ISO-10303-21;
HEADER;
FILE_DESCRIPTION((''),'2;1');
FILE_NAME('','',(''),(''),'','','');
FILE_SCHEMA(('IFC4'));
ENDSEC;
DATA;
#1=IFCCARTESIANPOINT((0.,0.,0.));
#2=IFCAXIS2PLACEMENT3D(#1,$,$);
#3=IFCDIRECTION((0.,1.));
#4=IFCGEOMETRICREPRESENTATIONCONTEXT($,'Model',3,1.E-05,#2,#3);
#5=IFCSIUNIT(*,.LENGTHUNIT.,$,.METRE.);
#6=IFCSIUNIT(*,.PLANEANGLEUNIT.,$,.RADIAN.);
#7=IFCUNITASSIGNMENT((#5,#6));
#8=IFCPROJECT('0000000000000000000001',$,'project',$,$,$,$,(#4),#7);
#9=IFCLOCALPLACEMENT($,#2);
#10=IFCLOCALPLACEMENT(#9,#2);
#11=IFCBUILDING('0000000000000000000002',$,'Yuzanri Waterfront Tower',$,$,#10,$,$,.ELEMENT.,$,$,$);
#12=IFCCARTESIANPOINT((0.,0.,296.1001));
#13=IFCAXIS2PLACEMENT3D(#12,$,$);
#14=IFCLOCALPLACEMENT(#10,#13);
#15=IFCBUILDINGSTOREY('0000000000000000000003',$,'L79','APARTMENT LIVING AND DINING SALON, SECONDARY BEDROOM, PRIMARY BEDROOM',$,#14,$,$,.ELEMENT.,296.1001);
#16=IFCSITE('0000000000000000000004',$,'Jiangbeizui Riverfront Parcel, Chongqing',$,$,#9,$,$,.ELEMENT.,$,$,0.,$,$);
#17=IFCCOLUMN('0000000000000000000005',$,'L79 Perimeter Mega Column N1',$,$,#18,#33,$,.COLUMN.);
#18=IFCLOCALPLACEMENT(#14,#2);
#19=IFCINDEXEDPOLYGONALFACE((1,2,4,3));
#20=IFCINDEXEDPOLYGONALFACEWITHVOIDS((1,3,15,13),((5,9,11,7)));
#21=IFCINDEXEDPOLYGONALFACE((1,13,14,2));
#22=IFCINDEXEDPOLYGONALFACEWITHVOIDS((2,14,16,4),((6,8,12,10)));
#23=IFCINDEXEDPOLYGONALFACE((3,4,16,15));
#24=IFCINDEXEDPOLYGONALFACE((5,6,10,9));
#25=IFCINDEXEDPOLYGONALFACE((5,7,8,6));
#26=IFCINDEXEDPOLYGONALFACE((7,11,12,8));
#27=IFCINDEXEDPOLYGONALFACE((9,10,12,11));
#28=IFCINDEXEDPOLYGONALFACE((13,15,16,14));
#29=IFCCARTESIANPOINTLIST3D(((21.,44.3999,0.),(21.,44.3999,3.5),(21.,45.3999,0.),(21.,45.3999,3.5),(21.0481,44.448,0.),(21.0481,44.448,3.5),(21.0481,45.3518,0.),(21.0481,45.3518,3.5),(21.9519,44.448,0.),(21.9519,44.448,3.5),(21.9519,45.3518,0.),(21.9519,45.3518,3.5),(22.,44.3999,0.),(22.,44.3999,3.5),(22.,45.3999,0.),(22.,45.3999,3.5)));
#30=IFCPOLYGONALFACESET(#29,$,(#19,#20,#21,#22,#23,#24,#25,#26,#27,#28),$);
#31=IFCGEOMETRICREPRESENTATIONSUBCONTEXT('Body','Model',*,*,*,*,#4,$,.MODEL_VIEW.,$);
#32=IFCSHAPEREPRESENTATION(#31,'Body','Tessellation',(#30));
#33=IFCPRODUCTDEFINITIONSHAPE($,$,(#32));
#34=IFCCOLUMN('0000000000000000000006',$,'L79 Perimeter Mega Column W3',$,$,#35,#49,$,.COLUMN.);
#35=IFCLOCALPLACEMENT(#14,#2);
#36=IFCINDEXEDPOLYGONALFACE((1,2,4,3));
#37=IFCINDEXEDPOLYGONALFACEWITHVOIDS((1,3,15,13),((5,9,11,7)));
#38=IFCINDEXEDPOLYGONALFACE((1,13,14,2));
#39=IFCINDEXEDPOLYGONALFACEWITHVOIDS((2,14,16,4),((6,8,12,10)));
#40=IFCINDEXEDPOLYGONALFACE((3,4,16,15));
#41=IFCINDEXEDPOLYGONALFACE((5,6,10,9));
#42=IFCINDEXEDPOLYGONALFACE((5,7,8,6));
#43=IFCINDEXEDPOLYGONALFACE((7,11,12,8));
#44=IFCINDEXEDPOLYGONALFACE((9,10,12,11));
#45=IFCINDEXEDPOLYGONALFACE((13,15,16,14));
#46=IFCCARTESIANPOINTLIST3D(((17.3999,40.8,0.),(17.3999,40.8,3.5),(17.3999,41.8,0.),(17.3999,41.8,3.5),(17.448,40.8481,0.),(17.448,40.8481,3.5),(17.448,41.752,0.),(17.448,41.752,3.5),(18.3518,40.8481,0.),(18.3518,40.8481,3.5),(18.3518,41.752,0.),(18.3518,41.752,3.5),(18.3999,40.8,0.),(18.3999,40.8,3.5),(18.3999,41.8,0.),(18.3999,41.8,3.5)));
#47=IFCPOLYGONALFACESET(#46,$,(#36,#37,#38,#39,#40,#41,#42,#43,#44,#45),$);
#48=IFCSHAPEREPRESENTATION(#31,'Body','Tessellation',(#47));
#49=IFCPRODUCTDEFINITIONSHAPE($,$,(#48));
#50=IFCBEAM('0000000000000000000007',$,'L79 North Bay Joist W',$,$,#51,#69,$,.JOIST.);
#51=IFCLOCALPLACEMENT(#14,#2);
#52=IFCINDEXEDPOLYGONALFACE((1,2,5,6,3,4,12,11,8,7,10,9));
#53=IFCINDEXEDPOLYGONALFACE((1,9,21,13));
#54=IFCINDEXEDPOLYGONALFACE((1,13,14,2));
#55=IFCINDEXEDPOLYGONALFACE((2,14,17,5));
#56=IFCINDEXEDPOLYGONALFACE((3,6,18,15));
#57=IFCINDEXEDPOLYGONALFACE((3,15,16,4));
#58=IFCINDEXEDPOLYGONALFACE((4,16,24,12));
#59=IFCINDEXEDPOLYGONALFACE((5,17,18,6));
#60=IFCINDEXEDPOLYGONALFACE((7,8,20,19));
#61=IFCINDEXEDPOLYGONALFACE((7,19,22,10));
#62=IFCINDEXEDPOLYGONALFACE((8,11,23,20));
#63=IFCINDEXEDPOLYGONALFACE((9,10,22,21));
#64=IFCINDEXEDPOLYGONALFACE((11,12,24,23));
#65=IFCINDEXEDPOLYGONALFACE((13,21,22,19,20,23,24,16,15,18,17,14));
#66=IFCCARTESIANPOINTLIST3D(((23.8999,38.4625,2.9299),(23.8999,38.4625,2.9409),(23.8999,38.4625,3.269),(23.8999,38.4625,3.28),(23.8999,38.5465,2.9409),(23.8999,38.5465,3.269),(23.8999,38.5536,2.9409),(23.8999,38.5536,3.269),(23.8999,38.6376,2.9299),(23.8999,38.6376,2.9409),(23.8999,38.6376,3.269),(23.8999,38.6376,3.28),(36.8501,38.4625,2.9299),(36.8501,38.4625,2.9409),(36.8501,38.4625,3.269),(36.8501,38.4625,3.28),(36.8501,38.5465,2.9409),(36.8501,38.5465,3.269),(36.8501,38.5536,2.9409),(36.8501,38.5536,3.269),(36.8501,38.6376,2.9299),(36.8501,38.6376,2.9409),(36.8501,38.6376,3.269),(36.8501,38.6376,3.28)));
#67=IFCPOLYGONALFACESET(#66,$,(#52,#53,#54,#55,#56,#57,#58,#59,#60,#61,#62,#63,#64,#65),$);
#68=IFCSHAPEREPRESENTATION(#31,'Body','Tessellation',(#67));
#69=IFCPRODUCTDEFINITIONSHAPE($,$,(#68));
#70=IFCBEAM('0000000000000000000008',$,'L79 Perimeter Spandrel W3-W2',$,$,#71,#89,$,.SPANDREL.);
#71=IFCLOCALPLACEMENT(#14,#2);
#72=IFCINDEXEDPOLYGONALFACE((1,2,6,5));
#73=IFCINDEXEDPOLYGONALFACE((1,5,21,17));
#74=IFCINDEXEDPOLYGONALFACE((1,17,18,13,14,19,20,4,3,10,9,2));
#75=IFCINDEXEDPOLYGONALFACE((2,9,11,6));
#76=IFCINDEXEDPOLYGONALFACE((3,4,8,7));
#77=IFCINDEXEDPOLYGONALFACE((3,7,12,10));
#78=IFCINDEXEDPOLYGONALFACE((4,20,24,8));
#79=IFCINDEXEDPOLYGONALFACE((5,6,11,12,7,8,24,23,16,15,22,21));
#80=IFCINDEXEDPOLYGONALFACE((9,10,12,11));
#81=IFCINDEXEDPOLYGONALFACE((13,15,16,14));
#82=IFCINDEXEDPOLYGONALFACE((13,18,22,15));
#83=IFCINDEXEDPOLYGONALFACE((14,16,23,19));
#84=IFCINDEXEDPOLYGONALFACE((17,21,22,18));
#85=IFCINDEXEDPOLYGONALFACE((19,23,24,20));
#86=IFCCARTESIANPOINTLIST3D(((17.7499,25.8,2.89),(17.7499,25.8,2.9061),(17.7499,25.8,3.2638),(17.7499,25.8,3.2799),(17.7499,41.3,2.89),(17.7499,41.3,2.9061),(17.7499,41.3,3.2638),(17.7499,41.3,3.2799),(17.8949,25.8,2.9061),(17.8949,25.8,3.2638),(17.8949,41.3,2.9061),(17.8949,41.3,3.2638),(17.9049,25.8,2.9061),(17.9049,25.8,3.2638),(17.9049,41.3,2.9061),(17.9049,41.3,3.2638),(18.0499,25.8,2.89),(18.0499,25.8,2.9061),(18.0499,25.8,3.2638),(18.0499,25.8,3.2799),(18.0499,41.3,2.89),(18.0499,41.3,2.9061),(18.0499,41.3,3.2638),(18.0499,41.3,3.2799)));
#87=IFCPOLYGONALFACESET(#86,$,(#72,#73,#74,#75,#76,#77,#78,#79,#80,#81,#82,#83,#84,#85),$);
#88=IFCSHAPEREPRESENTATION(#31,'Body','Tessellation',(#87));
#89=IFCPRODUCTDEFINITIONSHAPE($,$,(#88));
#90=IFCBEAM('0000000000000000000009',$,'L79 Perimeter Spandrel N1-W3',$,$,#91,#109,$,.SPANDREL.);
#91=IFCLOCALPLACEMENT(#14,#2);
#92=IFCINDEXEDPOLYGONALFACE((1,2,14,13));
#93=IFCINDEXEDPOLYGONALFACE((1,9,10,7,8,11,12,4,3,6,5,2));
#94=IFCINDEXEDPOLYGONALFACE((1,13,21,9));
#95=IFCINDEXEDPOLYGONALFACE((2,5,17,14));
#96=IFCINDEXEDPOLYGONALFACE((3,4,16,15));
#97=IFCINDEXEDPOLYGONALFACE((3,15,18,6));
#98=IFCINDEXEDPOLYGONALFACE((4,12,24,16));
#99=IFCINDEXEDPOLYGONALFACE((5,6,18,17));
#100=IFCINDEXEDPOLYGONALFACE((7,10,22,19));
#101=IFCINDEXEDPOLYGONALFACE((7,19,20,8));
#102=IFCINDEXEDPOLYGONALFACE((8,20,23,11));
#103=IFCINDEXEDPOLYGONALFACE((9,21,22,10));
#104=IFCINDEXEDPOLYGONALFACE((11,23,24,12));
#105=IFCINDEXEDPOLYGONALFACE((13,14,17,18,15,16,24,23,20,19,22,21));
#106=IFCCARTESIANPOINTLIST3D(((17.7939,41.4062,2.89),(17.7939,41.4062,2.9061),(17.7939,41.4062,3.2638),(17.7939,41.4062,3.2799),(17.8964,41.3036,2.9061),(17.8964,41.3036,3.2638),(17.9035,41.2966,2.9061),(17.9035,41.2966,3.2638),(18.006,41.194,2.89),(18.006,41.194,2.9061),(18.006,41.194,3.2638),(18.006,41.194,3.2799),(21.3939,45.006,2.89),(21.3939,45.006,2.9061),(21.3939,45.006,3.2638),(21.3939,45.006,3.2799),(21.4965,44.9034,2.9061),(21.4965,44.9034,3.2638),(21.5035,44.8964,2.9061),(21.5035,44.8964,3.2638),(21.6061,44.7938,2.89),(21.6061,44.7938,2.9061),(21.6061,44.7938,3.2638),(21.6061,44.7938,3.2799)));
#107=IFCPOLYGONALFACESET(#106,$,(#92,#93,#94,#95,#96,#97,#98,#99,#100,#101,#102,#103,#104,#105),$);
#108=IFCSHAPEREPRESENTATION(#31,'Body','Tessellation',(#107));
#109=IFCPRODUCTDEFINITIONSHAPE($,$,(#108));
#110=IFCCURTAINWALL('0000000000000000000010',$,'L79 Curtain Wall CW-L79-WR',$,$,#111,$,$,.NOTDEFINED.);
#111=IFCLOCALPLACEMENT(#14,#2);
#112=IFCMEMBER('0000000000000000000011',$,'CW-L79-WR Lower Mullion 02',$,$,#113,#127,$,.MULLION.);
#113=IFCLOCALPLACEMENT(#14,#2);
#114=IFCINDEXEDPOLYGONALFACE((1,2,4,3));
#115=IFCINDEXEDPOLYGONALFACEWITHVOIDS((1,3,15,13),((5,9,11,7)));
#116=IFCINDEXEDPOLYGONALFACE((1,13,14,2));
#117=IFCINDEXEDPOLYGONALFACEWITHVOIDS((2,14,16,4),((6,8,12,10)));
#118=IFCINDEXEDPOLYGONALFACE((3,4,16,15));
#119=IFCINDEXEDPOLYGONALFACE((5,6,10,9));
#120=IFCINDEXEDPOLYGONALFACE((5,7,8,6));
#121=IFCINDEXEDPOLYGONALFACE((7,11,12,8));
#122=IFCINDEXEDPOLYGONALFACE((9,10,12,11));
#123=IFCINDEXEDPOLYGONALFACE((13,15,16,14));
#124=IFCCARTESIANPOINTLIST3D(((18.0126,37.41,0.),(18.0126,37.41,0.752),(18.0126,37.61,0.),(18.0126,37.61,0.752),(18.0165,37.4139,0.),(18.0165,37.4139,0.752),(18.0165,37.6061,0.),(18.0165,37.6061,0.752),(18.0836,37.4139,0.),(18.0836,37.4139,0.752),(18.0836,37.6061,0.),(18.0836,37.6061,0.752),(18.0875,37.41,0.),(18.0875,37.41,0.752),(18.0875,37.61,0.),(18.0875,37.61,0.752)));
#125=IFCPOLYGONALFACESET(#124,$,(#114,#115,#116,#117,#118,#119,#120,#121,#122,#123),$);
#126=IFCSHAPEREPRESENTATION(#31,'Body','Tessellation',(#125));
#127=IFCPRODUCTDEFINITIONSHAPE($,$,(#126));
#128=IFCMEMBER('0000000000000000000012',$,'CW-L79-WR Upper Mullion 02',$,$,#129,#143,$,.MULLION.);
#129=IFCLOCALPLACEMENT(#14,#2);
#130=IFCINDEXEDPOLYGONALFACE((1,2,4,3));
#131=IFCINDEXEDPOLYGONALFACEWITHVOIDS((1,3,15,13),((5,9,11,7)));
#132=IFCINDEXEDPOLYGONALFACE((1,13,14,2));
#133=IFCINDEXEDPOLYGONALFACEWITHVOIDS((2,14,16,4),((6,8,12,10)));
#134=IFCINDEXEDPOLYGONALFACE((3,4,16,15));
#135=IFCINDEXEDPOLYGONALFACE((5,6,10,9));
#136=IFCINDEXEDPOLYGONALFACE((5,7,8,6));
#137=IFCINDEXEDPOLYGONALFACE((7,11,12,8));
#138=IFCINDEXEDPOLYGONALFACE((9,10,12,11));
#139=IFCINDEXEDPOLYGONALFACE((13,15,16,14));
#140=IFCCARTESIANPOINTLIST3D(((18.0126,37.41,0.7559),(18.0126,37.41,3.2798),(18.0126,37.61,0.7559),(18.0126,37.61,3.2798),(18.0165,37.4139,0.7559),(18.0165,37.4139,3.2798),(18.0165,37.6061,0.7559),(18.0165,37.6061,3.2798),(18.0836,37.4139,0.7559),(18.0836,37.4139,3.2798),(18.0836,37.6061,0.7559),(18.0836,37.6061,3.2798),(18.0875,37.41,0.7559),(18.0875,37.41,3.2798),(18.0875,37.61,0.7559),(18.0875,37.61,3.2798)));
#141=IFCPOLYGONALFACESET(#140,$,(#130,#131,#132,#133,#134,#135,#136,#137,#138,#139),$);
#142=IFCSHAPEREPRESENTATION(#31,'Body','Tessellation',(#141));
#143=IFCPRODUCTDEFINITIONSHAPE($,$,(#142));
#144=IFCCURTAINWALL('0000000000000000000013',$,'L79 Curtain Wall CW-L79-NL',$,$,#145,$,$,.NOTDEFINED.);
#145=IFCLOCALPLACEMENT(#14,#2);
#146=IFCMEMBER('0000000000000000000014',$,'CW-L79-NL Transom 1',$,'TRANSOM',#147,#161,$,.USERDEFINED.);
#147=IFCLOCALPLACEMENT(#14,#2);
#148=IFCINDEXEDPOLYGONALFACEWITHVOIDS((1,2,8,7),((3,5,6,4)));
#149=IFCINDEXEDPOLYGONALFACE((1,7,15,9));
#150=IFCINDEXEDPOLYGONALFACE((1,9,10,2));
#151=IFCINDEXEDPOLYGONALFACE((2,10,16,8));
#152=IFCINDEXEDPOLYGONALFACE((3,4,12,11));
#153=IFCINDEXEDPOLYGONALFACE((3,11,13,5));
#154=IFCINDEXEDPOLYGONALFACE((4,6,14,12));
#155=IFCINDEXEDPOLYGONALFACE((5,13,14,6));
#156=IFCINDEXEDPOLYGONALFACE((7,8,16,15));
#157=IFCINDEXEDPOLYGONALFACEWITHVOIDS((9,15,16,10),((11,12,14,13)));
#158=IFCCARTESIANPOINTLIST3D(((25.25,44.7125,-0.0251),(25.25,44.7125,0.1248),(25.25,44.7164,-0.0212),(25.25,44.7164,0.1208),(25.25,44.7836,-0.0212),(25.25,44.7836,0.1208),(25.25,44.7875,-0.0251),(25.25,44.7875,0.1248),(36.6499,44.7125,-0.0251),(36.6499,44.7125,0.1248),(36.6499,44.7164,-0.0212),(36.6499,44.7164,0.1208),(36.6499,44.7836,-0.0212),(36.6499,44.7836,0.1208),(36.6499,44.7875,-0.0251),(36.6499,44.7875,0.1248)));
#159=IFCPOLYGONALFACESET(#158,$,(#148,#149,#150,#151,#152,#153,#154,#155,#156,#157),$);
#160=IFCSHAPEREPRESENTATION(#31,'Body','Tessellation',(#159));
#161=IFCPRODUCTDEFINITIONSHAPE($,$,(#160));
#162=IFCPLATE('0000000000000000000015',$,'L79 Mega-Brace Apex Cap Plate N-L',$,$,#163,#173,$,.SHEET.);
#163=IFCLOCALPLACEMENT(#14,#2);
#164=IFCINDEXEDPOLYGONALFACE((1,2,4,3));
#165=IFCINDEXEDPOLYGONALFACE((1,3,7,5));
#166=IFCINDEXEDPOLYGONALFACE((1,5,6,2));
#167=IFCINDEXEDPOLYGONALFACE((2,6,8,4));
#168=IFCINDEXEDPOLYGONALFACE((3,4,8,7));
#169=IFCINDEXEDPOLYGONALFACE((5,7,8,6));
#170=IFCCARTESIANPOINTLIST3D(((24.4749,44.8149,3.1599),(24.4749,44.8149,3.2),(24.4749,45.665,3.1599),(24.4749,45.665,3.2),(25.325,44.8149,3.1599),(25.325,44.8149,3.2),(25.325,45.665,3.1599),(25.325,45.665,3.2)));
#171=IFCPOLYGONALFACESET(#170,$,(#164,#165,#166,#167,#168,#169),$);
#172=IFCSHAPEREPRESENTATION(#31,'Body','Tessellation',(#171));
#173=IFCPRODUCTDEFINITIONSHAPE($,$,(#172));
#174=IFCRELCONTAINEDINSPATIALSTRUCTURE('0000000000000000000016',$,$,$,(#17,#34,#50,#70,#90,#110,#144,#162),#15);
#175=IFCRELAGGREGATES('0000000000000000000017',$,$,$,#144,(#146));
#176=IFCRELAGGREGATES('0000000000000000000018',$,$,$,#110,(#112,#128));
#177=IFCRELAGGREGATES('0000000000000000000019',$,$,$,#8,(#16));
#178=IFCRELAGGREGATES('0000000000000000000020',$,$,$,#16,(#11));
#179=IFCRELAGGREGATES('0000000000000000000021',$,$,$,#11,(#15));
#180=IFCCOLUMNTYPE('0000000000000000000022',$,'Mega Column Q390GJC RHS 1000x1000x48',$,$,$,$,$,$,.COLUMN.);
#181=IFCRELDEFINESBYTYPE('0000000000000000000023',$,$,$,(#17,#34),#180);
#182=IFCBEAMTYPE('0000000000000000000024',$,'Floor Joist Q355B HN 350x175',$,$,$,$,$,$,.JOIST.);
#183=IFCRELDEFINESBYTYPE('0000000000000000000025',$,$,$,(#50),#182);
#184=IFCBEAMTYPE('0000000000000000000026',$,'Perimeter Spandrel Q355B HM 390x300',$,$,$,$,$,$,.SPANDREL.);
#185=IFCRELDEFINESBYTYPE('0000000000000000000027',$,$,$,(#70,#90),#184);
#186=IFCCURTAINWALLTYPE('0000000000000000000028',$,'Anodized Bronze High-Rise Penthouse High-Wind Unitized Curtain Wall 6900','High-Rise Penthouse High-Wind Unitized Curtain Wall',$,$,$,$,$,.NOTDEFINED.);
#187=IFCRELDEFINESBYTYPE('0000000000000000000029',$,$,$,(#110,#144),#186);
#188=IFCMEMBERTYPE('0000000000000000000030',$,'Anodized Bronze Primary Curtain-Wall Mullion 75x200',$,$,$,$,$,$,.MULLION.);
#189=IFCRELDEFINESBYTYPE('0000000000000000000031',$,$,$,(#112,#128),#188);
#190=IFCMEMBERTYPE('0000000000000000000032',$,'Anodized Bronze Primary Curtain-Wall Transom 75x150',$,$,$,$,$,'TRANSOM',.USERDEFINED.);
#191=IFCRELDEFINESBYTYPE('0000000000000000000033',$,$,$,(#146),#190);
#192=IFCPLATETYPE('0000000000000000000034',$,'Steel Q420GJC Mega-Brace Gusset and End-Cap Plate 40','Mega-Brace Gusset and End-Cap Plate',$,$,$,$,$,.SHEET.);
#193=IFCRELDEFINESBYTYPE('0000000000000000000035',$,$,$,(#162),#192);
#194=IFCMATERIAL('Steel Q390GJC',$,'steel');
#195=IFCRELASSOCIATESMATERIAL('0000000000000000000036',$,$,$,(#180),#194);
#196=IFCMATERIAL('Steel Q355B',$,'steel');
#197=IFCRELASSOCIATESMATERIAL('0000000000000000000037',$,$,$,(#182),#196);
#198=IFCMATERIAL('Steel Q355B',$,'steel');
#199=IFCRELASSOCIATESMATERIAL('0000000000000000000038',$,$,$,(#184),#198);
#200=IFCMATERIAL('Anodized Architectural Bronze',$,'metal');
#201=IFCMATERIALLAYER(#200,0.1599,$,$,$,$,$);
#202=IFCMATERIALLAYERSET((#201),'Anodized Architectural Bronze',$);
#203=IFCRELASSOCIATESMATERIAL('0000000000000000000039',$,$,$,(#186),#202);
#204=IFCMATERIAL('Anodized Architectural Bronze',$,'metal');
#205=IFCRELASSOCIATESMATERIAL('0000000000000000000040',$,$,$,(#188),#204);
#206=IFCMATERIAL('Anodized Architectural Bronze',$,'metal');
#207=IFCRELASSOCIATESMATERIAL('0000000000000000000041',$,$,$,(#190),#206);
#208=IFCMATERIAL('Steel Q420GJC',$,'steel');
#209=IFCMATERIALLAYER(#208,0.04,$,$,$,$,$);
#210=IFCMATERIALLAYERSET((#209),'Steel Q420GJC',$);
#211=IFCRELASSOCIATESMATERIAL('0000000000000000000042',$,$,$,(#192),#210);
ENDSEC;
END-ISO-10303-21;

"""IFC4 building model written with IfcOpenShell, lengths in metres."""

from ifc_helpers import new_model, si_unit, direction, frame, origin, origin_2d, place, context, subcontext, project, spatial, rectangle, hollow_rectangle, i_section, extrude, source, transform, mapped, material, layer, layer_set, material_profile, profile_set, type_object, element, aggregate, save


model = new_model("IFC4")

# Units and contexts
model_context = context("Model", 3, precision=1e-05, world=origin(), true_north=direction((0.0, 1.0)))
body_context = subcontext(model_context, "Body", "Model", "MODEL_VIEW")
ifc_project = project(units=[si_unit("LENGTHUNIT", "METRE"), si_unit("PLANEANGLEUNIT", "RADIAN")], contexts=[model_context])

# Site, building, storey
site_placement = place(None, origin())
site = spatial("IfcSite", under=ifc_project, at=site_placement, Name="Jiangbeizui Riverfront Parcel, Chongqing", CompositionType="ELEMENT", RefElevation=0.0)
building_placement = place(site_placement, origin())
building = spatial("IfcBuilding", under=site, at=building_placement, Name="Yuzanri Waterfront Tower", CompositionType="ELEMENT")
storey_placement = place(building_placement, frame((0.0, 0.0, 296.1001)))
storey = spatial("IfcBuildingStorey", under=building, at=storey_placement, Name="L79", Description="APARTMENT LIVING AND DINING SALON, SECONDARY BEDROOM, PRIMARY BEDROOM", CompositionType="ELEMENT", Elevation=296.1001)

# Columns
ifc_material_1 = material(Name="Steel Q390GJC", Category="steel")
ifc_material_profile_1 = material_profile(ifc_material_1, hollow_rectangle(XDim=1.0, YDim=1.0, WallThickness=0.0481, at=origin_2d()), Name="RHS 1000x1000x48")
ifc_profile_set_1 = profile_set([ifc_material_profile_1], Name="Steel Q390GJC")
column_type = type_object("IfcColumnType", Name="Mega Column Q390GJC RHS 1000x1000x48", PredefinedType="COLUMN", material=ifc_profile_set_1)
shared_shape_1 = source(origin(), body_context, "Body", "SweptSolid", [
    extrude(hollow_rectangle(XDim=1.0, YDim=1.0, WallThickness=0.0481, at=origin_2d()), origin(), (0.0, 0.0, 1.0), 3.5),
])
for number, where, z_axis, x_axis, name in (
    (1, (21.5, 44.8999, 0.0), (0.0, 0.0, 1.0), (1.0, 0.0, 0.0), "L79 Perimeter Mega Column N1"),
    (2, (17.8999, 41.3, 0.0), (0.0, 0.0, 1.0), (1.0, 0.0, 0.0), "L79 Perimeter Mega Column W3"),
):
    element("IfcColumn", number, at=place(storey_placement, frame(where, z_axis=z_axis, x_axis=x_axis)), inside=storey, type_object=column_type, Name=name, PredefinedType="COLUMN", context=body_context, shape_type="MappedRepresentation", body=[
        mapped(shared_shape_1, transform((0.0, 0.0, 0.0), scale=1.0)),
    ])

# Beams
ifc_material_2 = material(Name="Steel Q355B", Category="steel")
ifc_material_profile_2 = material_profile(ifc_material_2, i_section(OverallWidth=0.175, OverallDepth=0.3501, WebThickness=0.0071, FlangeThickness=0.011, at=origin_2d()), Name="HN 350x175x7x11")
ifc_profile_set_2 = profile_set([ifc_material_profile_2], Name="Steel Q355B")
beam_type_1 = type_object("IfcBeamType", Name="Floor Joist Q355B HN 350x175", PredefinedType="JOIST", material=ifc_profile_set_2)
shared_shape_2 = source(origin(), body_context, "Body", "SweptSolid", [
    extrude(i_section(OverallWidth=0.175, OverallDepth=0.3501, WebThickness=0.0071, FlangeThickness=0.011, at=origin_2d()), origin(), (0.0, 0.0, 1.0), 12.9502),
])
beam_1_placement = place(storey_placement, frame((23.8999, 38.55, 3.105), z_axis=(1.0, 0.0, 0.0), x_axis=(0.0, 1.0, 0.0)))
element("IfcBeam", 3, at=beam_1_placement, inside=storey, type_object=beam_type_1, Name="L79 North Bay Joist W", PredefinedType="JOIST", context=body_context, shape_type="MappedRepresentation", body=[
    mapped(shared_shape_2, transform((0.0, 0.0, 0.0), scale=1.0)),
])
ifc_material_3 = material(Name="Steel Q355B", Category="steel")
ifc_material_profile_3 = material_profile(ifc_material_3, i_section(OverallWidth=0.3, OverallDepth=0.3899, WebThickness=0.01, FlangeThickness=0.0161, at=origin_2d()), Name="HM 390x300x10x16")
ifc_profile_set_3 = profile_set([ifc_material_profile_3], Name="Steel Q355B")
beam_type_2 = type_object("IfcBeamType", Name="Perimeter Spandrel Q355B HM 390x300", PredefinedType="SPANDREL", material=ifc_profile_set_3)
shared_shape_3 = source(origin(), body_context, "Body", "SweptSolid", [
    extrude(i_section(OverallWidth=0.3, OverallDepth=0.3899, WebThickness=0.01, FlangeThickness=0.0161, at=origin_2d()), origin(), (0.0, 0.0, 1.0), 15.5),
])
beam_2_placement = place(storey_placement, frame((17.8999, 41.3, 3.085), z_axis=(0.0, -1.0, 0.0), x_axis=(1.0, 0.0, 0.0)))
element("IfcBeam", 4, at=beam_2_placement, inside=storey, type_object=beam_type_2, Name="L79 Perimeter Spandrel W3-W2", PredefinedType="SPANDREL", context=body_context, shape_type="MappedRepresentation", body=[
    mapped(shared_shape_3, transform((0.0, 0.0, 0.0), scale=1.0)),
])
shared_shape_4 = source(origin(), body_context, "Body", "SweptSolid", [
    extrude(i_section(OverallWidth=0.3, OverallDepth=0.3899, WebThickness=0.01, FlangeThickness=0.0161, at=origin_2d()), origin(), (0.0, 0.0, 1.0), 5.0911),
])
beam_3_placement = place(storey_placement, frame((21.5, 44.8999, 3.085), z_axis=(-0.707131, -0.707083, 0.0), x_axis=(0.707083, -0.707131, 0.0)))
element("IfcBeam", 5, at=beam_3_placement, inside=storey, type_object=beam_type_2, Name="L79 Perimeter Spandrel N1-W3", PredefinedType="SPANDREL", context=body_context, shape_type="MappedRepresentation", body=[
    mapped(shared_shape_4, transform((0.0, 0.0, 0.0), scale=1.0)),
])

# Curtain wall, members
ifc_material_4 = material(Name="Anodized Architectural Bronze", Category="metal")
ifc_layer_1 = layer(ifc_material_4, 0.1599)
ifc_layer_set_1 = layer_set([ifc_layer_1], Name="Anodized Architectural Bronze")
curtain_wall_type = type_object("IfcCurtainWallType", Name="Anodized Bronze High-Rise Penthouse High-Wind Unitized Curtain Wall 6900", Description="High-Rise Penthouse High-Wind Unitized Curtain Wall", PredefinedType="NOTDEFINED", material=ifc_layer_set_1)
curtain_wall_1_placement = place(storey_placement, origin())
curtain_wall_1 = element("IfcCurtainWall", 6, at=curtain_wall_1_placement, inside=storey, type_object=curtain_wall_type, Name="L79 Curtain Wall CW-L79-WR", PredefinedType="NOTDEFINED")
ifc_material_5 = material(Name="Anodized Architectural Bronze", Category="metal")
ifc_material_profile_4 = material_profile(ifc_material_5, hollow_rectangle(XDim=0.075, YDim=0.2, WallThickness=0.0039, at=origin_2d()), Name="CWM 75x200")
ifc_profile_set_4 = profile_set([ifc_material_profile_4], Name="Anodized Architectural Bronze")
member_type_1 = type_object("IfcMemberType", Name="Anodized Bronze Primary Curtain-Wall Mullion 75x200", PredefinedType="MULLION", material=ifc_profile_set_4)
shared_shape_5 = source(origin(), body_context, "Body", "SweptSolid", [
    extrude(hollow_rectangle(XDim=0.075, YDim=0.2, WallThickness=0.0039, at=origin_2d()), origin(), (0.0, 0.0, 1.0), 0.752),
])
member_1_placement = place(storey_placement, frame((18.05, 37.51, 0.0), z_axis=(0.0, 0.0, 1.0), x_axis=(1.0, 0.0, 0.0)))
member_1 = element("IfcMember", 7, at=member_1_placement, type_object=member_type_1, Name="CW-L79-WR Lower Mullion 02", PredefinedType="MULLION", context=body_context, shape_type="MappedRepresentation", body=[
    mapped(shared_shape_5, transform((0.0, 0.0, 0.0), scale=1.0)),
])
shared_shape_6 = source(origin(), body_context, "Body", "SweptSolid", [
    extrude(hollow_rectangle(XDim=0.075, YDim=0.2, WallThickness=0.0039, at=origin_2d()), origin(), (0.0, 0.0, 1.0), 2.5239),
])
member_2_placement = place(storey_placement, frame((18.05, 37.51, 0.7559), z_axis=(0.0, 0.0, 1.0), x_axis=(1.0, 0.0, 0.0)))
member_2 = element("IfcMember", 8, at=member_2_placement, type_object=member_type_1, Name="CW-L79-WR Upper Mullion 02", PredefinedType="MULLION", context=body_context, shape_type="MappedRepresentation", body=[
    mapped(shared_shape_6, transform((0.0, 0.0, 0.0), scale=1.0)),
])

# Curtain wall, member
curtain_wall_2_placement = place(storey_placement, origin())
curtain_wall_2 = element("IfcCurtainWall", 9, at=curtain_wall_2_placement, inside=storey, type_object=curtain_wall_type, Name="L79 Curtain Wall CW-L79-NL", PredefinedType="NOTDEFINED")
ifc_material_6 = material(Name="Anodized Architectural Bronze", Category="metal")
ifc_material_profile_5 = material_profile(ifc_material_6, hollow_rectangle(XDim=0.075, YDim=0.1499, WallThickness=0.0039, at=origin_2d()), Name="CWT 75x150")
ifc_profile_set_5 = profile_set([ifc_material_profile_5], Name="Anodized Architectural Bronze")
member_type_2 = type_object("IfcMemberType", Name="Anodized Bronze Primary Curtain-Wall Transom 75x150", ElementType="TRANSOM", PredefinedType="USERDEFINED", material=ifc_profile_set_5)
shared_shape_7 = source(origin(), body_context, "Body", "SweptSolid", [
    extrude(hollow_rectangle(XDim=0.075, YDim=0.1499, WallThickness=0.0039, at=origin_2d()), origin(), (0.0, 0.0, 1.0), 11.3999),
])
member_3_placement = place(storey_placement, frame((25.25, 44.75, 0.0498), z_axis=(1.0, 0.0, 0.0), x_axis=(0.0, 1.0, 0.0)))
member_3 = element("IfcMember", 10, at=member_3_placement, type_object=member_type_2, Name="CW-L79-NL Transom 1", ObjectType="TRANSOM", PredefinedType="USERDEFINED", context=body_context, shape_type="MappedRepresentation", body=[
    mapped(shared_shape_7, transform((0.0, 0.0, 0.0), scale=1.0)),
])
aggregate(curtain_wall_2, [member_3])

# Plate
ifc_material_7 = material(Name="Steel Q420GJC", Category="steel")
ifc_layer_2 = layer(ifc_material_7, 0.04)
ifc_layer_set_2 = layer_set([ifc_layer_2], Name="Steel Q420GJC")
plate_type_1 = type_object("IfcPlateType", Name="Steel Q420GJC Mega-Brace Gusset and End-Cap Plate 40", Description="Mega-Brace Gusset and End-Cap Plate", PredefinedType="SHEET", material=ifc_layer_set_2)
shared_shape_8 = source(origin(), body_context, "Body", "SweptSolid", [
    extrude(rectangle(XDim=0.8501, YDim=0.8501, at=origin_2d()), origin(), (0.0, 0.0, 1.0), 0.04),
])
for number, where, z_axis, x_axis, name in (
    (11, (24.8999, 45.24, 3.1599), (0.0, 0.0, 1.0), (1.0, 0.0, 0.0), "L79 Mega-Brace Apex Cap Plate N-L"),
):
    element("IfcPlate", number, at=place(storey_placement, frame(where, z_axis=z_axis, x_axis=x_axis)), inside=storey, type_object=plate_type_1, Name=name, PredefinedType="SHEET", context=body_context, shape_type="MappedRepresentation", body=[
        mapped(shared_shape_8, transform((0.0, 0.0, 0.0), scale=1.0)),
    ])

aggregate(curtain_wall_1, [member_1, member_2])

save(model, "model.ifc")
